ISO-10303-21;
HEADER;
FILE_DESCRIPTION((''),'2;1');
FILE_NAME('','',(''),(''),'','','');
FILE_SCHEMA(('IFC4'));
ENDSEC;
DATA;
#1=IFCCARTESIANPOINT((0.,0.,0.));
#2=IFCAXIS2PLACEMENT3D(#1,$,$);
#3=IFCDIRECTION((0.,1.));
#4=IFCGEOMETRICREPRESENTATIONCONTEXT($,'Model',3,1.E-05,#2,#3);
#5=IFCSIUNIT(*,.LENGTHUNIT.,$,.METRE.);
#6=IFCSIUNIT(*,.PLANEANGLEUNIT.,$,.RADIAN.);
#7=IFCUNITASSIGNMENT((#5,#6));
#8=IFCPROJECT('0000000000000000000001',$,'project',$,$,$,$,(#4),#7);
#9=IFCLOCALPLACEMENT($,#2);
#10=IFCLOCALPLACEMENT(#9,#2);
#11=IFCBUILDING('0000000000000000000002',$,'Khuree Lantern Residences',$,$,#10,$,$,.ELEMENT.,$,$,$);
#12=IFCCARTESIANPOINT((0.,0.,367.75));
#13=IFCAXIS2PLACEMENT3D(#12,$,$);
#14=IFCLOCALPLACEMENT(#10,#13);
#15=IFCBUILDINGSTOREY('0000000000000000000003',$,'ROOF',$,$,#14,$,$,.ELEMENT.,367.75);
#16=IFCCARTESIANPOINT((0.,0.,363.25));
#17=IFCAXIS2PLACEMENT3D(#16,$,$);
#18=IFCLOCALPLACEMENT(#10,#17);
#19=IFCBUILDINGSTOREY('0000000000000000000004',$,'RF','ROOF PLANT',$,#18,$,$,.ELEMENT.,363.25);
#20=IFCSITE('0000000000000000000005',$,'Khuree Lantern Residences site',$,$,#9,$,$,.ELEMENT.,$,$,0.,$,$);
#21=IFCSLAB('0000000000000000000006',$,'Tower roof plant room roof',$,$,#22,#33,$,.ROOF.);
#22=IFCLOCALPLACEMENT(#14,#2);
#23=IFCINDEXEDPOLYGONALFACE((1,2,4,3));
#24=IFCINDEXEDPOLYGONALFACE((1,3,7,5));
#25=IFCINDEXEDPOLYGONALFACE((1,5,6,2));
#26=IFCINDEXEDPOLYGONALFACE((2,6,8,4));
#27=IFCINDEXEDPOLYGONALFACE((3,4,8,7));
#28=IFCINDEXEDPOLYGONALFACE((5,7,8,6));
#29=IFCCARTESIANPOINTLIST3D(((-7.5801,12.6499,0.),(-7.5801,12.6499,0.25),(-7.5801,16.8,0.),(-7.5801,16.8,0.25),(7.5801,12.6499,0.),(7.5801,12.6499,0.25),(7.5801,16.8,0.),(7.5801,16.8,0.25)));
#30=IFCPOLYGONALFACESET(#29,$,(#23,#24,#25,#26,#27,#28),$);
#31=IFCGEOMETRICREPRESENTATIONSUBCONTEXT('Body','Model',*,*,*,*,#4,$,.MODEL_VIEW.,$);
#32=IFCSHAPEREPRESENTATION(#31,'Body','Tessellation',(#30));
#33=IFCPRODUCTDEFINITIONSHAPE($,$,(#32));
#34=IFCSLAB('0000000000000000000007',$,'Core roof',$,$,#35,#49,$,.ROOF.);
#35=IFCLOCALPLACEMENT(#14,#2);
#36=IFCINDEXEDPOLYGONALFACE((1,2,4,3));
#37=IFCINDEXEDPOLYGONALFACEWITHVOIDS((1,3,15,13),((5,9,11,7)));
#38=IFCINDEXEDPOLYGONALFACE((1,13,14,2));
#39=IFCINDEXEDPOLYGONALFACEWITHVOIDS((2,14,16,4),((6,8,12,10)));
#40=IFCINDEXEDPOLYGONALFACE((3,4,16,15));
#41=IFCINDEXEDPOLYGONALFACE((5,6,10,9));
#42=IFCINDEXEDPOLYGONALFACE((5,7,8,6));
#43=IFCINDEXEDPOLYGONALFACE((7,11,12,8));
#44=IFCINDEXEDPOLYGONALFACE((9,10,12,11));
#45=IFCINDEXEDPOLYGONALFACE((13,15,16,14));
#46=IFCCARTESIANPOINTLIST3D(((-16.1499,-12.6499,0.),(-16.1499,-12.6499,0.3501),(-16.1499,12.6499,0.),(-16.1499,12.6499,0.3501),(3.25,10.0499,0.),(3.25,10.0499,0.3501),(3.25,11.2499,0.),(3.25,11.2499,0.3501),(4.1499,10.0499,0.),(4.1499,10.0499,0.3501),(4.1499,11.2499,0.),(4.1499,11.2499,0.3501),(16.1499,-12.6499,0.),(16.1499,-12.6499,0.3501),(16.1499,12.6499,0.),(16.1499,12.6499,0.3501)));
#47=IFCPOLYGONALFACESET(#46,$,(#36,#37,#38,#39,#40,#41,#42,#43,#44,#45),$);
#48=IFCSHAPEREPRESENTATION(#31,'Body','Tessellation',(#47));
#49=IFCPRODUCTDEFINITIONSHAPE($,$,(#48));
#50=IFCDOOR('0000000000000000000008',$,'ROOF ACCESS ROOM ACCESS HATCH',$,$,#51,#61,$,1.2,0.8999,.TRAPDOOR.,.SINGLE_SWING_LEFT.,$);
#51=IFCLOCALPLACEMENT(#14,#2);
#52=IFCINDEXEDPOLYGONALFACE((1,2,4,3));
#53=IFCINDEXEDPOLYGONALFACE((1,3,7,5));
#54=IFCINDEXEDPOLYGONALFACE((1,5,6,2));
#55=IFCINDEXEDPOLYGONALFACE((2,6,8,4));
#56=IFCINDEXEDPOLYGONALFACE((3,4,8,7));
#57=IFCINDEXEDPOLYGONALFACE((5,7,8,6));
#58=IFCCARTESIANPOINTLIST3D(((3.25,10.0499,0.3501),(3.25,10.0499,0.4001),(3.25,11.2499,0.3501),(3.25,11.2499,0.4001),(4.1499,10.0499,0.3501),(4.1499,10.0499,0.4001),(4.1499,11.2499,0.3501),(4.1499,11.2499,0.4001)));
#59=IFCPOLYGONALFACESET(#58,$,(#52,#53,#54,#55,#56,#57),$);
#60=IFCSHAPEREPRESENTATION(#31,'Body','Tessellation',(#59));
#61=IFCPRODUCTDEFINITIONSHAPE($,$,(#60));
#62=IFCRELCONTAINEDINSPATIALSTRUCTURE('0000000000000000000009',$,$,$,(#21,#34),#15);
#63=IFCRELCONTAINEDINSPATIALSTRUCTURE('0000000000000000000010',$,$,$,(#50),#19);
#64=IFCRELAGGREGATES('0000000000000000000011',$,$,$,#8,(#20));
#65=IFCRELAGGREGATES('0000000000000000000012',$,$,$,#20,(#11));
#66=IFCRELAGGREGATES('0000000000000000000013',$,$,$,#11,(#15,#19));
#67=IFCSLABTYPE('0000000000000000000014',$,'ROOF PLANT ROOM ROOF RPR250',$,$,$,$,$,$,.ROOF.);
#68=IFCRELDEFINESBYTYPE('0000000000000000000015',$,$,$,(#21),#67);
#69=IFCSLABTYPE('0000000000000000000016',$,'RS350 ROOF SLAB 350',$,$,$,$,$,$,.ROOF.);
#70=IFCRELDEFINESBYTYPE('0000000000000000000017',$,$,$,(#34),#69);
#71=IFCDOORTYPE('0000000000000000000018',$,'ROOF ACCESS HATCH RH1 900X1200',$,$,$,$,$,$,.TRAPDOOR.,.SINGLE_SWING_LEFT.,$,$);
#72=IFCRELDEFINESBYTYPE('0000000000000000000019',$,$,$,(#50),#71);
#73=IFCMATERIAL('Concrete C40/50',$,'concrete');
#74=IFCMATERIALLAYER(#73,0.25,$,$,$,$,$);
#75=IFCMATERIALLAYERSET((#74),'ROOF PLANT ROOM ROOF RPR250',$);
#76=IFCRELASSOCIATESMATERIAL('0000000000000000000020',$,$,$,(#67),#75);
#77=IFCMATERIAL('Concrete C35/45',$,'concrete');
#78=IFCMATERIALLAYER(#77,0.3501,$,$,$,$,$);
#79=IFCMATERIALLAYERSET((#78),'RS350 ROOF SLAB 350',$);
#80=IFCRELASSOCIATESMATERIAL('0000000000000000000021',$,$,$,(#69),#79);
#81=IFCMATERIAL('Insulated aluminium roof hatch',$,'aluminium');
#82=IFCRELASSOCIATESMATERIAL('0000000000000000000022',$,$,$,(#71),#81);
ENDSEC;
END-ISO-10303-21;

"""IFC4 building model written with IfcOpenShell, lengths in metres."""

from ifc_helpers import new_model, si_unit, direction, frame, origin, origin_2d, place, context, subcontext, project, spatial, polyline, rectangle, outline, extrude, material, layer, layer_set, type_object, element, fill, save


model = new_model("IFC4")

# Units and contexts
model_context = context("Model", 3, precision=1e-05, world=origin(), true_north=direction((0.0, 1.0)))
body_context = subcontext(model_context, "Body", "Model", "MODEL_VIEW")
ifc_project = project(units=[si_unit("LENGTHUNIT", "METRE"), si_unit("PLANEANGLEUNIT", "RADIAN")], contexts=[model_context])

# Site, building, storey
site_placement = place(None, origin())
site = spatial("IfcSite", under=ifc_project, at=site_placement, Name="Khuree Lantern Residences site", CompositionType="ELEMENT", RefElevation=0.0)
building_placement = place(site_placement, origin())
building = spatial("IfcBuilding", under=site, at=building_placement, Name="Khuree Lantern Residences", CompositionType="ELEMENT")
storey_1_placement = place(building_placement, frame((0.0, 0.0, 367.75)))
storey_1 = spatial("IfcBuildingStorey", under=building, at=storey_1_placement, Name="ROOF", CompositionType="ELEMENT", Elevation=367.75)

# Slab
ifc_material_1 = material(Name="Concrete C40/50", Category="concrete")
ifc_layer_1 = layer(ifc_material_1, 0.25)
ifc_layer_set_1 = layer_set([ifc_layer_1], Name="ROOF PLANT ROOM ROOF RPR250")
slab_type_1 = type_object("IfcSlabType", Name="ROOF PLANT ROOM ROOF RPR250", PredefinedType="ROOF", material=ifc_layer_set_1)
slab_1_placement = place(storey_1_placement, origin())
element("IfcSlab", 1, at=slab_1_placement, inside=storey_1, type_object=slab_type_1, Name="Tower roof plant room roof", PredefinedType="ROOF", context=body_context, shape_type="SweptSolid", body=[
    extrude(outline(polyline([(-7.5801, 12.6499), (7.5801, 12.6499), (7.5801, 16.8), (-7.5801, 16.8), (-7.5801, 12.6499)])), origin(), (0.0, 0.0, 1.0), 0.25),
])

# Slab, opening
ifc_material_2 = material(Name="Concrete C35/45", Category="concrete")
ifc_layer_2 = layer(ifc_material_2, 0.3501)
ifc_layer_set_2 = layer_set([ifc_layer_2], Name="RS350 ROOF SLAB 350")
slab_type_2 = type_object("IfcSlabType", Name="RS350 ROOF SLAB 350", PredefinedType="ROOF", material=ifc_layer_set_2)
slab_2_placement = place(storey_1_placement, origin())
slab_2 = element("IfcSlab", 2, at=slab_2_placement, inside=storey_1, type_object=slab_type_2, Name="Core roof", PredefinedType="ROOF", context=body_context, shape_type="SweptSolid", body=[
    extrude(outline(polyline([(16.1499, -12.6499), (-16.1499, -12.6499), (-16.1499, 12.6499), (16.1499, 12.6499), (16.1499, -12.6499)])), origin(), (0.0, 0.0, 1.0), 0.3501),
])
opening_placement = place(slab_2_placement, frame((3.7, 10.6499, 0.0)))
opening = element("IfcOpeningElement", 3, at=opening_placement, cuts=slab_2, PredefinedType="OPENING", context=body_context, shape_type="SweptSolid", body=[
    extrude(rectangle(XDim=0.8999, YDim=1.2, at=origin_2d()), origin(), (0.0, 0.0, 1.0), 0.4001),
])

# Shared definitions
storey_2_placement = place(building_placement, frame((0.0, 0.0, 363.25)))
storey_2 = spatial("IfcBuildingStorey", under=building, at=storey_2_placement, Name="RF", Description="ROOF PLANT", CompositionType="ELEMENT", Elevation=363.25)

# Door
ifc_material_3 = material(Name="Insulated aluminium roof hatch", Category="aluminium")
door_type = type_object("IfcDoorType", Name="ROOF ACCESS HATCH RH1 900X1200", OperationType="SINGLE_SWING_LEFT", PredefinedType="TRAPDOOR", material=ifc_material_3)
door_placement = place(opening_placement, frame((0.0, 0.0, 0.3501)))
door = element("IfcDoor", 4, at=door_placement, inside=storey_2, type_object=door_type, Name="ROOF ACCESS ROOM ACCESS HATCH", OperationType="SINGLE_SWING_LEFT", OverallHeight=1.2, OverallWidth=0.8999, PredefinedType="TRAPDOOR", context=body_context, shape_type="SweptSolid", body=[
    extrude(rectangle(XDim=0.8999, YDim=1.2, at=origin_2d()), origin(), (0.0, 0.0, 1.0), 0.05),
])
fill(opening, door)

save(model, "model.ifc")
